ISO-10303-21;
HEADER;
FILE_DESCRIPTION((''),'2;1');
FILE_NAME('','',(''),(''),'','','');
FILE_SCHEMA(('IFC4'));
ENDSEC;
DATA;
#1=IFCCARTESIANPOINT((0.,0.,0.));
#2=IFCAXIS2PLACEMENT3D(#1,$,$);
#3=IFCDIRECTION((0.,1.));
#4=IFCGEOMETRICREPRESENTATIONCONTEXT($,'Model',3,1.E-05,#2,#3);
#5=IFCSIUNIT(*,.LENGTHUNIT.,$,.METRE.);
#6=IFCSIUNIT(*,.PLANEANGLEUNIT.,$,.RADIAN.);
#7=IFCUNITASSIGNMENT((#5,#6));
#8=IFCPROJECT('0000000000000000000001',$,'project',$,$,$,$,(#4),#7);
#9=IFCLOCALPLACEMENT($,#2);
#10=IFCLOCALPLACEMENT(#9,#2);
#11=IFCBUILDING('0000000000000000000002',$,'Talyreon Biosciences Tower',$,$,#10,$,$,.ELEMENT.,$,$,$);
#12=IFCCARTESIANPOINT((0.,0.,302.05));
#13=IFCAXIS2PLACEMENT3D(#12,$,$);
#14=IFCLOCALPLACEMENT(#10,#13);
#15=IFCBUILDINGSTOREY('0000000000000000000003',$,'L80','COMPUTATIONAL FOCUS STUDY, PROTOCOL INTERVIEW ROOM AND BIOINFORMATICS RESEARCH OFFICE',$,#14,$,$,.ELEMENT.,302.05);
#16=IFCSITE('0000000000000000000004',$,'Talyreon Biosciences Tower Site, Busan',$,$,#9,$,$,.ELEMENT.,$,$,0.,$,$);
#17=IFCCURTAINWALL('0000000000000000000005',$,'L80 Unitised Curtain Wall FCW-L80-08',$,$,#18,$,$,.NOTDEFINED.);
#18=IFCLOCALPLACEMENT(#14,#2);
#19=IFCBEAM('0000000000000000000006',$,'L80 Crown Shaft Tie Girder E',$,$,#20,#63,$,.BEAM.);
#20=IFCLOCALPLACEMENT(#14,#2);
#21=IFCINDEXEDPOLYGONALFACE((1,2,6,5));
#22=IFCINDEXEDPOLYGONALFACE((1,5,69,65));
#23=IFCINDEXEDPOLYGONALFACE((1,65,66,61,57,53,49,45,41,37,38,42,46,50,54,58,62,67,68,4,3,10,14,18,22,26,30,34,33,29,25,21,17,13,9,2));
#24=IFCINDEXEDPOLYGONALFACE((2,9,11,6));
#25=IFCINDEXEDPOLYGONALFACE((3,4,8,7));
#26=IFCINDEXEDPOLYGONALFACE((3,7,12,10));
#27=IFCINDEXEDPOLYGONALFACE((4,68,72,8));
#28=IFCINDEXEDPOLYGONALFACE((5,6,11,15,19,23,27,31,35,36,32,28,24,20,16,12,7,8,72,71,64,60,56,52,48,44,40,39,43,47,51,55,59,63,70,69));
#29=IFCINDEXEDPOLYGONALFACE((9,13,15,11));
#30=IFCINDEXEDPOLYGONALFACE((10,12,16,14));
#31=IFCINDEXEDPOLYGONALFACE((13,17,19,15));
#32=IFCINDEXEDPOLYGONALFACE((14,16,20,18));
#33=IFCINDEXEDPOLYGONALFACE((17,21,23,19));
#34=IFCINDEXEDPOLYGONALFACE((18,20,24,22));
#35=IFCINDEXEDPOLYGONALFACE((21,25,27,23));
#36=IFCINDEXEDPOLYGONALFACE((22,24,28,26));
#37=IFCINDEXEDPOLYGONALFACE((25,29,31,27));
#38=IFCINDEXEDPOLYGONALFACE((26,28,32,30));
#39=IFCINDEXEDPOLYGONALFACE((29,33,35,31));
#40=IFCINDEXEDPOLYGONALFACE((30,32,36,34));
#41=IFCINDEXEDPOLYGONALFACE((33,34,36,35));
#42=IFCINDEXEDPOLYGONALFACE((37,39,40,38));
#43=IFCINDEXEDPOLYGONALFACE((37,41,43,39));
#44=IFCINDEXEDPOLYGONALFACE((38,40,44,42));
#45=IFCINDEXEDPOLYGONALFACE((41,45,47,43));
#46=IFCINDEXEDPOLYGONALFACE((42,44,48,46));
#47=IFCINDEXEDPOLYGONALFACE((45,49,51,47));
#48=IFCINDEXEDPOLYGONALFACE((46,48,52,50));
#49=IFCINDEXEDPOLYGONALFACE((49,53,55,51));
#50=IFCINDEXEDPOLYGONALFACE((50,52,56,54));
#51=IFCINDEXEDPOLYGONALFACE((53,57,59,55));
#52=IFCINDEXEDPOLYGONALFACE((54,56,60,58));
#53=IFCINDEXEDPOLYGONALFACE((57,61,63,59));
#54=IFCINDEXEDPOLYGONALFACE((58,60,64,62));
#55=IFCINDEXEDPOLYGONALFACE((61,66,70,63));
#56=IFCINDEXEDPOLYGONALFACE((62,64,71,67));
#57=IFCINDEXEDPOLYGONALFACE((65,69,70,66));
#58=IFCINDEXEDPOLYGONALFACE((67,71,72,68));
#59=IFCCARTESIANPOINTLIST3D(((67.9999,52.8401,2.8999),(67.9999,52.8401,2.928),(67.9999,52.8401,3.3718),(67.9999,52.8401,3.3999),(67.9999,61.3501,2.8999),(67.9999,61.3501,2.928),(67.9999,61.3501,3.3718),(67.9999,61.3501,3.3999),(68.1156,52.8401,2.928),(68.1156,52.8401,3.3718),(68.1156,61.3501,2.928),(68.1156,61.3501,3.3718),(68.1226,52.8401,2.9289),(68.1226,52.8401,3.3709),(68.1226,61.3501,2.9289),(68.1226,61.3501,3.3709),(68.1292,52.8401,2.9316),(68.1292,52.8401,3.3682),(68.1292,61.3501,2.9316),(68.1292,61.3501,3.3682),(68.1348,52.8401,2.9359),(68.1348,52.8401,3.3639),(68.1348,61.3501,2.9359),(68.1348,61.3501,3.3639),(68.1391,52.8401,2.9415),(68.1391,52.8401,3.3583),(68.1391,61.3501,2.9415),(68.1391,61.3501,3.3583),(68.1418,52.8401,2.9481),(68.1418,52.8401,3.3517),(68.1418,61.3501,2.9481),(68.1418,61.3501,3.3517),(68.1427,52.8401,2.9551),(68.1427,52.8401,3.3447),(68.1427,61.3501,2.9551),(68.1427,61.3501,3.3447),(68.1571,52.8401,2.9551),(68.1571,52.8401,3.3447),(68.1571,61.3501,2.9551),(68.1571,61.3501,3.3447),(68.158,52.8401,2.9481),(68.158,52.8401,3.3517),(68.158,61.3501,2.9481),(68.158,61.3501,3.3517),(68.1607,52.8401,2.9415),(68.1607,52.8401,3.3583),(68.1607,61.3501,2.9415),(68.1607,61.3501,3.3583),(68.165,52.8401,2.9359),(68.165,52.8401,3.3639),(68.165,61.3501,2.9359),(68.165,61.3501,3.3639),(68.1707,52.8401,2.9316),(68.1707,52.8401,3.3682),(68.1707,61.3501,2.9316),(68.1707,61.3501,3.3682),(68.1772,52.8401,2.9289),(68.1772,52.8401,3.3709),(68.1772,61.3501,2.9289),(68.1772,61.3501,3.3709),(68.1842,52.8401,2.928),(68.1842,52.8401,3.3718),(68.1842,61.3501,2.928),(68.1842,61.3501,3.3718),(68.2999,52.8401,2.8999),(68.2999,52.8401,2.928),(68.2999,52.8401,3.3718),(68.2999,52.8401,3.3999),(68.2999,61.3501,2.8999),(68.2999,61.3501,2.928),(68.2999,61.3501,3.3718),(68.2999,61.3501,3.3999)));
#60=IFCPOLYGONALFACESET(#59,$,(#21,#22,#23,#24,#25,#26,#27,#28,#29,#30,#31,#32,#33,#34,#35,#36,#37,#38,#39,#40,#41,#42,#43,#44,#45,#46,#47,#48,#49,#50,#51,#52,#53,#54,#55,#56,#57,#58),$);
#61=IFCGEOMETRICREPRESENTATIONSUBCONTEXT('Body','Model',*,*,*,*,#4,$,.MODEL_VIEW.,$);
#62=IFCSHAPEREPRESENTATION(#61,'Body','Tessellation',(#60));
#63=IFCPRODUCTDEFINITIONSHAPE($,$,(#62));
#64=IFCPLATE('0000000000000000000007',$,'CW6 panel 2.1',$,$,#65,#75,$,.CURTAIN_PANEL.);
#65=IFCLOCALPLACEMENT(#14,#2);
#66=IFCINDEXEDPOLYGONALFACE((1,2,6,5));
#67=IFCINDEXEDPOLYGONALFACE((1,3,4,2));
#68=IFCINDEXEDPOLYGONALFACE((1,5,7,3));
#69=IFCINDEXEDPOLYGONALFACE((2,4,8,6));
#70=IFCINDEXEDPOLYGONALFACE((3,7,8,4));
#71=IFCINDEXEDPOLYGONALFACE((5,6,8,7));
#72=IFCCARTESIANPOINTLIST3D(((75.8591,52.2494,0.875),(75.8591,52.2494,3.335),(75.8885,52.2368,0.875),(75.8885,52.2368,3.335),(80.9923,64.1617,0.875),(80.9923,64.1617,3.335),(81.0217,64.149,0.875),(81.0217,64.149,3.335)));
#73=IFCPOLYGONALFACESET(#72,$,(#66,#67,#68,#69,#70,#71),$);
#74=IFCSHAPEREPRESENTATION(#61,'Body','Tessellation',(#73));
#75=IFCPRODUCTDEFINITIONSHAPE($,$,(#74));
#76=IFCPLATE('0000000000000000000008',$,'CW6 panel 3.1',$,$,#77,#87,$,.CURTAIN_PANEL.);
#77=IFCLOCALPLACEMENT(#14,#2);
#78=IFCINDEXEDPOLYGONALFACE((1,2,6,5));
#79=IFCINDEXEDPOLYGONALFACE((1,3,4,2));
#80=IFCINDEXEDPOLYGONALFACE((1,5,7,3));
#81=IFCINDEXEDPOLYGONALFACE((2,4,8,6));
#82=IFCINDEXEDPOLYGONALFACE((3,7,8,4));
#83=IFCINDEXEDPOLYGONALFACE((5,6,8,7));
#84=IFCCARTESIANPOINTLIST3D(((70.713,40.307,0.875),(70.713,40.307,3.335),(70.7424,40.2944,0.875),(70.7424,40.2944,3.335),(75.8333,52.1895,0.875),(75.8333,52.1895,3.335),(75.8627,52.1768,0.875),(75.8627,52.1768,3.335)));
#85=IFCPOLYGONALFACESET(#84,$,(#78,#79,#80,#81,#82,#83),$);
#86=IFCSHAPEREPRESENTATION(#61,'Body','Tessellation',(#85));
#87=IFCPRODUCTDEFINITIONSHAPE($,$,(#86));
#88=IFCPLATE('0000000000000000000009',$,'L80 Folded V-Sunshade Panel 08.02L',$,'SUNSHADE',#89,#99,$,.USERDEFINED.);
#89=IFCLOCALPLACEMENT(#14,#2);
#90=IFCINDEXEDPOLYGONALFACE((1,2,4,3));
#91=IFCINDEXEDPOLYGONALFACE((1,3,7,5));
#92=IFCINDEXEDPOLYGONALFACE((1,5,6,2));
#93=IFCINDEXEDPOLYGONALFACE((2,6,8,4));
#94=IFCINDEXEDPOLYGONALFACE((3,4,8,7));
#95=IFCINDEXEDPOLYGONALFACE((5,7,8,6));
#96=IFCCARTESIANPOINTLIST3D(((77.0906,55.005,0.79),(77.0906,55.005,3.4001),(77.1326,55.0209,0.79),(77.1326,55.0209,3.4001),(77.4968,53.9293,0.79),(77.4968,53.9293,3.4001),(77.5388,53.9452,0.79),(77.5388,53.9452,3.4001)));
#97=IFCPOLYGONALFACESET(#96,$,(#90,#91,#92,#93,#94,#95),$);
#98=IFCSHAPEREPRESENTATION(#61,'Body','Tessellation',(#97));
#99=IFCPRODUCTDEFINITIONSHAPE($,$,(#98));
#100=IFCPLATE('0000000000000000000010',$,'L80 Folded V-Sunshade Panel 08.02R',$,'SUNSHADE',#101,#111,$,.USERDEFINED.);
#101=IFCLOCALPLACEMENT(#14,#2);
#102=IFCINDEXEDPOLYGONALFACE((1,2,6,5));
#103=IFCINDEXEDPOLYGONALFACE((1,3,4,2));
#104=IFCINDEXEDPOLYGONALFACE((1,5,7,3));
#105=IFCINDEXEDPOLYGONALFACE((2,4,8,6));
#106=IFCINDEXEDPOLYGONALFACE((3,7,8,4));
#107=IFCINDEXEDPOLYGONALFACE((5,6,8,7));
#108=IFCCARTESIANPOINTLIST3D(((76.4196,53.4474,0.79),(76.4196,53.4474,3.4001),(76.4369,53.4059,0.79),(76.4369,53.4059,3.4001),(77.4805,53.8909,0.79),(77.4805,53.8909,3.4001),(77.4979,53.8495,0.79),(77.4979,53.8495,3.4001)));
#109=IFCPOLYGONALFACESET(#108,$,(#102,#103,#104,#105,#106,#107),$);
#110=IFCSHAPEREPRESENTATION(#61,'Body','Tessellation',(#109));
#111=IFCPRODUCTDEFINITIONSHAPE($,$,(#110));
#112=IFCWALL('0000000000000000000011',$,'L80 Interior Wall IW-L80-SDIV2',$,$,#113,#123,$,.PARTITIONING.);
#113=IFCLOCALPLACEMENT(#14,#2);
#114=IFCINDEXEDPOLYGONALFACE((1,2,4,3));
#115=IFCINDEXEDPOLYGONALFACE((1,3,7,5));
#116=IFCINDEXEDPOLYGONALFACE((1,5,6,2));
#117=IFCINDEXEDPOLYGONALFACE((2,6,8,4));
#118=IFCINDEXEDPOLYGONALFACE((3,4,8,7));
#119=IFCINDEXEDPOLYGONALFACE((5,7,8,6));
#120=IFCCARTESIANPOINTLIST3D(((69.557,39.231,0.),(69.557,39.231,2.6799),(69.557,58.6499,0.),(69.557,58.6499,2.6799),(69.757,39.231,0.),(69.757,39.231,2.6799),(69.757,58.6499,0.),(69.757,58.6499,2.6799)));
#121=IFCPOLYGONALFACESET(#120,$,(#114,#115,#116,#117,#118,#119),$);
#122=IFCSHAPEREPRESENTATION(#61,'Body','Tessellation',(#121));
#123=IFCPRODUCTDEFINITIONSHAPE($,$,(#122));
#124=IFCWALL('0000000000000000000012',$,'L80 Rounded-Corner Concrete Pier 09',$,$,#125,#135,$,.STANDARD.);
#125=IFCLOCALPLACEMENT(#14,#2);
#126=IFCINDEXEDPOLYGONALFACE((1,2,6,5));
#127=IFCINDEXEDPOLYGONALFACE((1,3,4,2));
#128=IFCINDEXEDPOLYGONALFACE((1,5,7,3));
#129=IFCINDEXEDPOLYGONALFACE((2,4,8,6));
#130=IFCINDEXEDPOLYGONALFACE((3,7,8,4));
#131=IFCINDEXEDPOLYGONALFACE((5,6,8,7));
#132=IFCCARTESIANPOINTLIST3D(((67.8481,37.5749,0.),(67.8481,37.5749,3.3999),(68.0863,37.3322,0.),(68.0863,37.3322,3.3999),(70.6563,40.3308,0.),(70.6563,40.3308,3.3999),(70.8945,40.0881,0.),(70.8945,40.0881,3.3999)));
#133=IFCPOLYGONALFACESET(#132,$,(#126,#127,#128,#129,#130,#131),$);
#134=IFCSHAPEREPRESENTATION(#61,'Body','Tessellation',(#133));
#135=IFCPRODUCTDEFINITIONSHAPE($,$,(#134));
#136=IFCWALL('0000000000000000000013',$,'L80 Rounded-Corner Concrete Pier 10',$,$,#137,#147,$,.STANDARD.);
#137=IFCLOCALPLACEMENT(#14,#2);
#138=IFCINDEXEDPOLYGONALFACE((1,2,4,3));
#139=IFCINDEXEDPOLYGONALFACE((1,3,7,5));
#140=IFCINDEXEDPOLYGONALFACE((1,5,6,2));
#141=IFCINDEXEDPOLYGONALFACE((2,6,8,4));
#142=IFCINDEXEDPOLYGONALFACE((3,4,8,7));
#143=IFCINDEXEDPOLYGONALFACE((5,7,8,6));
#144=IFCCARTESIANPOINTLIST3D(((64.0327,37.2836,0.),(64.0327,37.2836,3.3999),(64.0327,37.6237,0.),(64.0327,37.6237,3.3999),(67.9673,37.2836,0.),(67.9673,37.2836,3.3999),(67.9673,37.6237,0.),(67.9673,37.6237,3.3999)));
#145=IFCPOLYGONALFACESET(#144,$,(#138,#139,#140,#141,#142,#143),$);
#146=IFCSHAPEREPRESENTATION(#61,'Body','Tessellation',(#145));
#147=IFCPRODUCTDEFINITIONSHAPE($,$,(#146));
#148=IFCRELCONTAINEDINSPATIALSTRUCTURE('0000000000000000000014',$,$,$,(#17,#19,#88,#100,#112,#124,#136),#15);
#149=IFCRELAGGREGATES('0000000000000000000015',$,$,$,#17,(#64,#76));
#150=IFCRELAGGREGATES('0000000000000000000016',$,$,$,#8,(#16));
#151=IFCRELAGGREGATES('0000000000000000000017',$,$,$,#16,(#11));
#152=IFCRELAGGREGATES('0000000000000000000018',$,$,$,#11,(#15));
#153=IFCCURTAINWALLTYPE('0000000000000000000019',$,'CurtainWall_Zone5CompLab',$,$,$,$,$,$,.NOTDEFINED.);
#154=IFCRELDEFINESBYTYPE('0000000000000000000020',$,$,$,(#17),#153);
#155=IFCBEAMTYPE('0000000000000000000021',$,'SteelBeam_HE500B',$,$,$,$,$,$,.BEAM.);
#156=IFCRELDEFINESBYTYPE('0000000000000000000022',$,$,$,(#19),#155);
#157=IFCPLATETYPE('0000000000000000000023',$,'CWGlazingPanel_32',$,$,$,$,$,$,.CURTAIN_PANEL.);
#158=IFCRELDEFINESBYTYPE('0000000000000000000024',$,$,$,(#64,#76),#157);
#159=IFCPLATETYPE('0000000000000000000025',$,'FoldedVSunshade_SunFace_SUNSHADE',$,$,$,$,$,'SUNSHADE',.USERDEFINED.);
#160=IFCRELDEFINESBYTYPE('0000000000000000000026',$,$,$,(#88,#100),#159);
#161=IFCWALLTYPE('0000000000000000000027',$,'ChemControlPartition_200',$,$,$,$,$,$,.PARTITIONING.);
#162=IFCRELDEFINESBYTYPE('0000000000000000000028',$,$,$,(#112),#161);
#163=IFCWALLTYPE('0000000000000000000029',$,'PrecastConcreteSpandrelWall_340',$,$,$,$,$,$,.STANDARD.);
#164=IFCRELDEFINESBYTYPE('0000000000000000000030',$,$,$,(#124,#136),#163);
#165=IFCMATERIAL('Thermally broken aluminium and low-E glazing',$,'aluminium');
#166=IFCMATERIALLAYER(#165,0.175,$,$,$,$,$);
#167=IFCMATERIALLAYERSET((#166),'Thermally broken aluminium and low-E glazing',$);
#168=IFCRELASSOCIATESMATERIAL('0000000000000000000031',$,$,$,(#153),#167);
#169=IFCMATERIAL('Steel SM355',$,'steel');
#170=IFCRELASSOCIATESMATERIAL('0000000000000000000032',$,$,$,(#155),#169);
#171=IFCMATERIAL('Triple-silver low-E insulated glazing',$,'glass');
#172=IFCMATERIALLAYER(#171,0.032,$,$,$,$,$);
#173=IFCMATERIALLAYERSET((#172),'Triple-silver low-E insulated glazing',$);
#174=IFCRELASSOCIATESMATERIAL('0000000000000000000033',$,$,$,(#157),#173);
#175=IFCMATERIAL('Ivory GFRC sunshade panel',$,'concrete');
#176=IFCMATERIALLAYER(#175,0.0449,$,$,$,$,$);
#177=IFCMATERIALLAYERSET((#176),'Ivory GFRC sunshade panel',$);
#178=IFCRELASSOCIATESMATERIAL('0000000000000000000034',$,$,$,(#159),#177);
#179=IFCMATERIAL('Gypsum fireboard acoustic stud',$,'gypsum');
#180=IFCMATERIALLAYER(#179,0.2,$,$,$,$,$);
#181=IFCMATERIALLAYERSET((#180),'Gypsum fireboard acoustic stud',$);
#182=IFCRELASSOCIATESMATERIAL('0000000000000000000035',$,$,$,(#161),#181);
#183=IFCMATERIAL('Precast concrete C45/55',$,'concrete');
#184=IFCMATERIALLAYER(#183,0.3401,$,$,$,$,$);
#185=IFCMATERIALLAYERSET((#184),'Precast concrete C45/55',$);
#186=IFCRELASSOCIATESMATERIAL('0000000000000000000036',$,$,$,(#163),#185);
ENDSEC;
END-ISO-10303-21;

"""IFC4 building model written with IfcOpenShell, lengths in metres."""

from ifc_helpers import new_model, si_unit, direction, frame, frame_2d, origin, origin_2d, place, context, subcontext, project, spatial, rectangle, i_section, extrude, material, layer, layer_set, material_profile, profile_set, type_object, element, aggregate, save


model = new_model("IFC4")

# Units and contexts
model_context = context("Model", 3, precision=1e-05, world=origin(), true_north=direction((0.0, 1.0)))
body_context = subcontext(model_context, "Body", "Model", "MODEL_VIEW")
ifc_project = project(units=[si_unit("LENGTHUNIT", "METRE"), si_unit("PLANEANGLEUNIT", "RADIAN")], contexts=[model_context])

# Site, building, storey
site_placement = place(None, origin())
site = spatial("IfcSite", under=ifc_project, at=site_placement, Name="Talyreon Biosciences Tower Site, Busan", CompositionType="ELEMENT", RefElevation=0.0)
building_placement = place(site_placement, origin())
building = spatial("IfcBuilding", under=site, at=building_placement, Name="Talyreon Biosciences Tower", CompositionType="ELEMENT")
storey_placement = place(building_placement, frame((0.0, 0.0, 302.05)))
storey = spatial("IfcBuildingStorey", under=building, at=storey_placement, Name="L80", Description="COMPUTATIONAL FOCUS STUDY, PROTOCOL INTERVIEW ROOM AND BIOINFORMATICS RESEARCH OFFICE", CompositionType="ELEMENT", Elevation=302.05)

# Shared definitions
ifc_material_1 = material(Name="Precast concrete C45/55", Category="concrete")

# Curtain wall
ifc_material_2 = material(Name="Thermally broken aluminium and low-E glazing", Category="aluminium")
ifc_layer_1 = layer(ifc_material_2, 0.175)
ifc_layer_set_1 = layer_set([ifc_layer_1], Name="Thermally broken aluminium and low-E glazing")
curtain_wall_type = type_object("IfcCurtainWallType", Name="CurtainWall_Zone5CompLab", PredefinedType="NOTDEFINED", material=ifc_layer_set_1)
curtain_wall_placement = place(storey_placement, origin())
curtain_wall = element("IfcCurtainWall", 1, at=curtain_wall_placement, inside=storey, type_object=curtain_wall_type, Name="L80 Unitised Curtain Wall FCW-L80-08", PredefinedType="NOTDEFINED")

# Beam
ifc_material_3 = material(Name="Steel SM355", Category="steel")
ifc_material_profile_1 = material_profile(ifc_material_3, i_section(OverallWidth=0.3, OverallDepth=0.5, WebThickness=0.0144, FlangeThickness=0.0281, FilletRadius=0.0271, at=origin_2d()), Name="HE500B")
ifc_profile_set_1 = profile_set([ifc_material_profile_1], Name="Steel SM355")
beam_type_1 = type_object("IfcBeamType", Name="SteelBeam_HE500B", PredefinedType="BEAM", material=ifc_profile_set_1)
beam_1_placement = place(storey_placement, frame((68.1499, 52.8401, 3.1499), z_axis=(0.0, 1.0, 0.0), x_axis=(-1.0, 0.0, 0.0)))
element("IfcBeam", 2, at=beam_1_placement, inside=storey, type_object=beam_type_1, Name="L80 Crown Shaft Tie Girder E", PredefinedType="BEAM", context=body_context, shape_type="SweptSolid", body=[
    extrude(i_section(OverallWidth=0.3, OverallDepth=0.5, WebThickness=0.0144, FlangeThickness=0.0281, FilletRadius=0.0271, at=origin_2d()), origin(), (0.0, 0.0, 1.0), 8.51),
])

# Plates
ifc_material_4 = material(Name="Triple-silver low-E insulated glazing", Category="glass")
ifc_layer_2 = layer(ifc_material_4, 0.032)
ifc_layer_set_2 = layer_set([ifc_layer_2], Name="Triple-silver low-E insulated glazing")
plate_type_1 = type_object("IfcPlateType", Name="CWGlazingPanel_32", PredefinedType="CURTAIN_PANEL", material=ifc_layer_set_2)
plate_1_placement = place(storey_placement, frame((78.4404, 58.1992, 0.875), z_axis=(0.0, 0.0, 1.0), x_axis=(-0.395738, -0.918363, 0.0)))
plate_1 = element("IfcPlate", 3, at=plate_1_placement, type_object=plate_type_1, Name="CW6 panel 2.1", PredefinedType="CURTAIN_PANEL", context=body_context, shape_type="SweptSolid", body=[
    extrude(rectangle(XDim=12.9712, YDim=0.032, at=origin_2d()), origin(), (0.0, 0.0, 1.0), 2.46),
])
plate_2_placement = place(storey_placement, frame((73.2878, 46.2419, 0.875), z_axis=(0.0, 0.0, 1.0), x_axis=(-0.395738, -0.918363, 0.0)))
plate_2 = element("IfcPlate", 4, at=plate_2_placement, type_object=plate_type_1, Name="CW6 panel 3.1", PredefinedType="CURTAIN_PANEL", context=body_context, shape_type="SweptSolid", body=[
    extrude(rectangle(XDim=12.9387, YDim=0.032, at=origin_2d()), origin(), (0.0, 0.0, 1.0), 2.46),
])
aggregate(curtain_wall, [plate_1, plate_2])

# Plates
ifc_material_5 = material(Name="Ivory GFRC sunshade panel", Category="concrete")
ifc_layer_3 = layer(ifc_material_5, 0.0449)
ifc_layer_set_3 = layer_set([ifc_layer_3], Name="Ivory GFRC sunshade panel")
plate_type_2 = type_object("IfcPlateType", Name="FoldedVSunshade_SunFace_SUNSHADE", ElementType="SUNSHADE", PredefinedType="USERDEFINED", material=ifc_layer_set_3)
for number, where, z_axis, x_axis, name in (
    (5, (77.3147, 54.4751, 0.79), (0.0, 0.0, 1.0), (0.353279, -0.935518, 0.0), "L80 Folded V-Sunshade Panel 08.02L"),
    (6, (76.9587, 53.6484, 0.79), (0.0, 0.0, 1.0), (-0.922619, -0.385713, 0.0), "L80 Folded V-Sunshade Panel 08.02R"),
):
    element("IfcPlate", number, at=place(storey_placement, frame(where, z_axis=z_axis, x_axis=x_axis)), inside=storey, type_object=plate_type_2, Name=name, ObjectType="SUNSHADE", PredefinedType="USERDEFINED", context=body_context, shape_type="SweptSolid", body=[
        extrude(rectangle(XDim=1.1499, YDim=0.0449, at=origin_2d()), origin(), (0.0, 0.0, 1.0), 2.6101),
    ])

# Wall
ifc_material_6 = material(Name="Gypsum fireboard acoustic stud", Category="gypsum")
ifc_layer_4 = layer(ifc_material_6, 0.2)
ifc_layer_set_4 = layer_set([ifc_layer_4], Name="Gypsum fireboard acoustic stud")
wall_type_1 = type_object("IfcWallType", Name="ChemControlPartition_200", PredefinedType="PARTITIONING", material=ifc_layer_set_4)
wall_1_placement = place(storey_placement, frame((69.657, 39.231, 0.0), z_axis=(0.0, 0.0, 1.0), x_axis=(0.0, 1.0, 0.0)))
element("IfcWall", 7, at=wall_1_placement, inside=storey, type_object=wall_type_1, Name="L80 Interior Wall IW-L80-SDIV2", PredefinedType="PARTITIONING", context=body_context, shape_type="SweptSolid", body=[
    extrude(rectangle(XDim=19.4189, YDim=0.2, at=frame_2d((9.7095, 0.0))), origin(), (0.0, 0.0, 1.0), 2.6799),
])

# Walls
ifc_layer_5 = layer(ifc_material_1, 0.3401)
ifc_layer_set_5 = layer_set([ifc_layer_5], Name="Precast concrete C45/55")
wall_type_2 = type_object("IfcWallType", Name="PrecastConcreteSpandrelWall_340", PredefinedType="STANDARD", material=ifc_layer_set_5)
for number, where, z_axis, x_axis, name in (
    (8, (70.7754, 40.2095, 0.0), (0.0, 0.0, 1.0), (-0.713715, -0.700436, 0.0), "L80 Rounded-Corner Concrete Pier 09"),
    (9, (67.9673, 37.4536, 0.0), (0.0, 0.0, 1.0), (-1.0, 0.0, 0.0), "L80 Rounded-Corner Concrete Pier 10"),
):
    element("IfcWall", number, at=place(storey_placement, frame(where, z_axis=z_axis, x_axis=x_axis)), inside=storey, type_object=wall_type_2, Name=name, PredefinedType="STANDARD", context=body_context, shape_type="SweptSolid", body=[
        extrude(rectangle(XDim=3.9346, YDim=0.3401, at=frame_2d((1.9673, 0.0))), origin(), (0.0, 0.0, 1.0), 3.3999),
    ])

save(model, "model.ifc")
